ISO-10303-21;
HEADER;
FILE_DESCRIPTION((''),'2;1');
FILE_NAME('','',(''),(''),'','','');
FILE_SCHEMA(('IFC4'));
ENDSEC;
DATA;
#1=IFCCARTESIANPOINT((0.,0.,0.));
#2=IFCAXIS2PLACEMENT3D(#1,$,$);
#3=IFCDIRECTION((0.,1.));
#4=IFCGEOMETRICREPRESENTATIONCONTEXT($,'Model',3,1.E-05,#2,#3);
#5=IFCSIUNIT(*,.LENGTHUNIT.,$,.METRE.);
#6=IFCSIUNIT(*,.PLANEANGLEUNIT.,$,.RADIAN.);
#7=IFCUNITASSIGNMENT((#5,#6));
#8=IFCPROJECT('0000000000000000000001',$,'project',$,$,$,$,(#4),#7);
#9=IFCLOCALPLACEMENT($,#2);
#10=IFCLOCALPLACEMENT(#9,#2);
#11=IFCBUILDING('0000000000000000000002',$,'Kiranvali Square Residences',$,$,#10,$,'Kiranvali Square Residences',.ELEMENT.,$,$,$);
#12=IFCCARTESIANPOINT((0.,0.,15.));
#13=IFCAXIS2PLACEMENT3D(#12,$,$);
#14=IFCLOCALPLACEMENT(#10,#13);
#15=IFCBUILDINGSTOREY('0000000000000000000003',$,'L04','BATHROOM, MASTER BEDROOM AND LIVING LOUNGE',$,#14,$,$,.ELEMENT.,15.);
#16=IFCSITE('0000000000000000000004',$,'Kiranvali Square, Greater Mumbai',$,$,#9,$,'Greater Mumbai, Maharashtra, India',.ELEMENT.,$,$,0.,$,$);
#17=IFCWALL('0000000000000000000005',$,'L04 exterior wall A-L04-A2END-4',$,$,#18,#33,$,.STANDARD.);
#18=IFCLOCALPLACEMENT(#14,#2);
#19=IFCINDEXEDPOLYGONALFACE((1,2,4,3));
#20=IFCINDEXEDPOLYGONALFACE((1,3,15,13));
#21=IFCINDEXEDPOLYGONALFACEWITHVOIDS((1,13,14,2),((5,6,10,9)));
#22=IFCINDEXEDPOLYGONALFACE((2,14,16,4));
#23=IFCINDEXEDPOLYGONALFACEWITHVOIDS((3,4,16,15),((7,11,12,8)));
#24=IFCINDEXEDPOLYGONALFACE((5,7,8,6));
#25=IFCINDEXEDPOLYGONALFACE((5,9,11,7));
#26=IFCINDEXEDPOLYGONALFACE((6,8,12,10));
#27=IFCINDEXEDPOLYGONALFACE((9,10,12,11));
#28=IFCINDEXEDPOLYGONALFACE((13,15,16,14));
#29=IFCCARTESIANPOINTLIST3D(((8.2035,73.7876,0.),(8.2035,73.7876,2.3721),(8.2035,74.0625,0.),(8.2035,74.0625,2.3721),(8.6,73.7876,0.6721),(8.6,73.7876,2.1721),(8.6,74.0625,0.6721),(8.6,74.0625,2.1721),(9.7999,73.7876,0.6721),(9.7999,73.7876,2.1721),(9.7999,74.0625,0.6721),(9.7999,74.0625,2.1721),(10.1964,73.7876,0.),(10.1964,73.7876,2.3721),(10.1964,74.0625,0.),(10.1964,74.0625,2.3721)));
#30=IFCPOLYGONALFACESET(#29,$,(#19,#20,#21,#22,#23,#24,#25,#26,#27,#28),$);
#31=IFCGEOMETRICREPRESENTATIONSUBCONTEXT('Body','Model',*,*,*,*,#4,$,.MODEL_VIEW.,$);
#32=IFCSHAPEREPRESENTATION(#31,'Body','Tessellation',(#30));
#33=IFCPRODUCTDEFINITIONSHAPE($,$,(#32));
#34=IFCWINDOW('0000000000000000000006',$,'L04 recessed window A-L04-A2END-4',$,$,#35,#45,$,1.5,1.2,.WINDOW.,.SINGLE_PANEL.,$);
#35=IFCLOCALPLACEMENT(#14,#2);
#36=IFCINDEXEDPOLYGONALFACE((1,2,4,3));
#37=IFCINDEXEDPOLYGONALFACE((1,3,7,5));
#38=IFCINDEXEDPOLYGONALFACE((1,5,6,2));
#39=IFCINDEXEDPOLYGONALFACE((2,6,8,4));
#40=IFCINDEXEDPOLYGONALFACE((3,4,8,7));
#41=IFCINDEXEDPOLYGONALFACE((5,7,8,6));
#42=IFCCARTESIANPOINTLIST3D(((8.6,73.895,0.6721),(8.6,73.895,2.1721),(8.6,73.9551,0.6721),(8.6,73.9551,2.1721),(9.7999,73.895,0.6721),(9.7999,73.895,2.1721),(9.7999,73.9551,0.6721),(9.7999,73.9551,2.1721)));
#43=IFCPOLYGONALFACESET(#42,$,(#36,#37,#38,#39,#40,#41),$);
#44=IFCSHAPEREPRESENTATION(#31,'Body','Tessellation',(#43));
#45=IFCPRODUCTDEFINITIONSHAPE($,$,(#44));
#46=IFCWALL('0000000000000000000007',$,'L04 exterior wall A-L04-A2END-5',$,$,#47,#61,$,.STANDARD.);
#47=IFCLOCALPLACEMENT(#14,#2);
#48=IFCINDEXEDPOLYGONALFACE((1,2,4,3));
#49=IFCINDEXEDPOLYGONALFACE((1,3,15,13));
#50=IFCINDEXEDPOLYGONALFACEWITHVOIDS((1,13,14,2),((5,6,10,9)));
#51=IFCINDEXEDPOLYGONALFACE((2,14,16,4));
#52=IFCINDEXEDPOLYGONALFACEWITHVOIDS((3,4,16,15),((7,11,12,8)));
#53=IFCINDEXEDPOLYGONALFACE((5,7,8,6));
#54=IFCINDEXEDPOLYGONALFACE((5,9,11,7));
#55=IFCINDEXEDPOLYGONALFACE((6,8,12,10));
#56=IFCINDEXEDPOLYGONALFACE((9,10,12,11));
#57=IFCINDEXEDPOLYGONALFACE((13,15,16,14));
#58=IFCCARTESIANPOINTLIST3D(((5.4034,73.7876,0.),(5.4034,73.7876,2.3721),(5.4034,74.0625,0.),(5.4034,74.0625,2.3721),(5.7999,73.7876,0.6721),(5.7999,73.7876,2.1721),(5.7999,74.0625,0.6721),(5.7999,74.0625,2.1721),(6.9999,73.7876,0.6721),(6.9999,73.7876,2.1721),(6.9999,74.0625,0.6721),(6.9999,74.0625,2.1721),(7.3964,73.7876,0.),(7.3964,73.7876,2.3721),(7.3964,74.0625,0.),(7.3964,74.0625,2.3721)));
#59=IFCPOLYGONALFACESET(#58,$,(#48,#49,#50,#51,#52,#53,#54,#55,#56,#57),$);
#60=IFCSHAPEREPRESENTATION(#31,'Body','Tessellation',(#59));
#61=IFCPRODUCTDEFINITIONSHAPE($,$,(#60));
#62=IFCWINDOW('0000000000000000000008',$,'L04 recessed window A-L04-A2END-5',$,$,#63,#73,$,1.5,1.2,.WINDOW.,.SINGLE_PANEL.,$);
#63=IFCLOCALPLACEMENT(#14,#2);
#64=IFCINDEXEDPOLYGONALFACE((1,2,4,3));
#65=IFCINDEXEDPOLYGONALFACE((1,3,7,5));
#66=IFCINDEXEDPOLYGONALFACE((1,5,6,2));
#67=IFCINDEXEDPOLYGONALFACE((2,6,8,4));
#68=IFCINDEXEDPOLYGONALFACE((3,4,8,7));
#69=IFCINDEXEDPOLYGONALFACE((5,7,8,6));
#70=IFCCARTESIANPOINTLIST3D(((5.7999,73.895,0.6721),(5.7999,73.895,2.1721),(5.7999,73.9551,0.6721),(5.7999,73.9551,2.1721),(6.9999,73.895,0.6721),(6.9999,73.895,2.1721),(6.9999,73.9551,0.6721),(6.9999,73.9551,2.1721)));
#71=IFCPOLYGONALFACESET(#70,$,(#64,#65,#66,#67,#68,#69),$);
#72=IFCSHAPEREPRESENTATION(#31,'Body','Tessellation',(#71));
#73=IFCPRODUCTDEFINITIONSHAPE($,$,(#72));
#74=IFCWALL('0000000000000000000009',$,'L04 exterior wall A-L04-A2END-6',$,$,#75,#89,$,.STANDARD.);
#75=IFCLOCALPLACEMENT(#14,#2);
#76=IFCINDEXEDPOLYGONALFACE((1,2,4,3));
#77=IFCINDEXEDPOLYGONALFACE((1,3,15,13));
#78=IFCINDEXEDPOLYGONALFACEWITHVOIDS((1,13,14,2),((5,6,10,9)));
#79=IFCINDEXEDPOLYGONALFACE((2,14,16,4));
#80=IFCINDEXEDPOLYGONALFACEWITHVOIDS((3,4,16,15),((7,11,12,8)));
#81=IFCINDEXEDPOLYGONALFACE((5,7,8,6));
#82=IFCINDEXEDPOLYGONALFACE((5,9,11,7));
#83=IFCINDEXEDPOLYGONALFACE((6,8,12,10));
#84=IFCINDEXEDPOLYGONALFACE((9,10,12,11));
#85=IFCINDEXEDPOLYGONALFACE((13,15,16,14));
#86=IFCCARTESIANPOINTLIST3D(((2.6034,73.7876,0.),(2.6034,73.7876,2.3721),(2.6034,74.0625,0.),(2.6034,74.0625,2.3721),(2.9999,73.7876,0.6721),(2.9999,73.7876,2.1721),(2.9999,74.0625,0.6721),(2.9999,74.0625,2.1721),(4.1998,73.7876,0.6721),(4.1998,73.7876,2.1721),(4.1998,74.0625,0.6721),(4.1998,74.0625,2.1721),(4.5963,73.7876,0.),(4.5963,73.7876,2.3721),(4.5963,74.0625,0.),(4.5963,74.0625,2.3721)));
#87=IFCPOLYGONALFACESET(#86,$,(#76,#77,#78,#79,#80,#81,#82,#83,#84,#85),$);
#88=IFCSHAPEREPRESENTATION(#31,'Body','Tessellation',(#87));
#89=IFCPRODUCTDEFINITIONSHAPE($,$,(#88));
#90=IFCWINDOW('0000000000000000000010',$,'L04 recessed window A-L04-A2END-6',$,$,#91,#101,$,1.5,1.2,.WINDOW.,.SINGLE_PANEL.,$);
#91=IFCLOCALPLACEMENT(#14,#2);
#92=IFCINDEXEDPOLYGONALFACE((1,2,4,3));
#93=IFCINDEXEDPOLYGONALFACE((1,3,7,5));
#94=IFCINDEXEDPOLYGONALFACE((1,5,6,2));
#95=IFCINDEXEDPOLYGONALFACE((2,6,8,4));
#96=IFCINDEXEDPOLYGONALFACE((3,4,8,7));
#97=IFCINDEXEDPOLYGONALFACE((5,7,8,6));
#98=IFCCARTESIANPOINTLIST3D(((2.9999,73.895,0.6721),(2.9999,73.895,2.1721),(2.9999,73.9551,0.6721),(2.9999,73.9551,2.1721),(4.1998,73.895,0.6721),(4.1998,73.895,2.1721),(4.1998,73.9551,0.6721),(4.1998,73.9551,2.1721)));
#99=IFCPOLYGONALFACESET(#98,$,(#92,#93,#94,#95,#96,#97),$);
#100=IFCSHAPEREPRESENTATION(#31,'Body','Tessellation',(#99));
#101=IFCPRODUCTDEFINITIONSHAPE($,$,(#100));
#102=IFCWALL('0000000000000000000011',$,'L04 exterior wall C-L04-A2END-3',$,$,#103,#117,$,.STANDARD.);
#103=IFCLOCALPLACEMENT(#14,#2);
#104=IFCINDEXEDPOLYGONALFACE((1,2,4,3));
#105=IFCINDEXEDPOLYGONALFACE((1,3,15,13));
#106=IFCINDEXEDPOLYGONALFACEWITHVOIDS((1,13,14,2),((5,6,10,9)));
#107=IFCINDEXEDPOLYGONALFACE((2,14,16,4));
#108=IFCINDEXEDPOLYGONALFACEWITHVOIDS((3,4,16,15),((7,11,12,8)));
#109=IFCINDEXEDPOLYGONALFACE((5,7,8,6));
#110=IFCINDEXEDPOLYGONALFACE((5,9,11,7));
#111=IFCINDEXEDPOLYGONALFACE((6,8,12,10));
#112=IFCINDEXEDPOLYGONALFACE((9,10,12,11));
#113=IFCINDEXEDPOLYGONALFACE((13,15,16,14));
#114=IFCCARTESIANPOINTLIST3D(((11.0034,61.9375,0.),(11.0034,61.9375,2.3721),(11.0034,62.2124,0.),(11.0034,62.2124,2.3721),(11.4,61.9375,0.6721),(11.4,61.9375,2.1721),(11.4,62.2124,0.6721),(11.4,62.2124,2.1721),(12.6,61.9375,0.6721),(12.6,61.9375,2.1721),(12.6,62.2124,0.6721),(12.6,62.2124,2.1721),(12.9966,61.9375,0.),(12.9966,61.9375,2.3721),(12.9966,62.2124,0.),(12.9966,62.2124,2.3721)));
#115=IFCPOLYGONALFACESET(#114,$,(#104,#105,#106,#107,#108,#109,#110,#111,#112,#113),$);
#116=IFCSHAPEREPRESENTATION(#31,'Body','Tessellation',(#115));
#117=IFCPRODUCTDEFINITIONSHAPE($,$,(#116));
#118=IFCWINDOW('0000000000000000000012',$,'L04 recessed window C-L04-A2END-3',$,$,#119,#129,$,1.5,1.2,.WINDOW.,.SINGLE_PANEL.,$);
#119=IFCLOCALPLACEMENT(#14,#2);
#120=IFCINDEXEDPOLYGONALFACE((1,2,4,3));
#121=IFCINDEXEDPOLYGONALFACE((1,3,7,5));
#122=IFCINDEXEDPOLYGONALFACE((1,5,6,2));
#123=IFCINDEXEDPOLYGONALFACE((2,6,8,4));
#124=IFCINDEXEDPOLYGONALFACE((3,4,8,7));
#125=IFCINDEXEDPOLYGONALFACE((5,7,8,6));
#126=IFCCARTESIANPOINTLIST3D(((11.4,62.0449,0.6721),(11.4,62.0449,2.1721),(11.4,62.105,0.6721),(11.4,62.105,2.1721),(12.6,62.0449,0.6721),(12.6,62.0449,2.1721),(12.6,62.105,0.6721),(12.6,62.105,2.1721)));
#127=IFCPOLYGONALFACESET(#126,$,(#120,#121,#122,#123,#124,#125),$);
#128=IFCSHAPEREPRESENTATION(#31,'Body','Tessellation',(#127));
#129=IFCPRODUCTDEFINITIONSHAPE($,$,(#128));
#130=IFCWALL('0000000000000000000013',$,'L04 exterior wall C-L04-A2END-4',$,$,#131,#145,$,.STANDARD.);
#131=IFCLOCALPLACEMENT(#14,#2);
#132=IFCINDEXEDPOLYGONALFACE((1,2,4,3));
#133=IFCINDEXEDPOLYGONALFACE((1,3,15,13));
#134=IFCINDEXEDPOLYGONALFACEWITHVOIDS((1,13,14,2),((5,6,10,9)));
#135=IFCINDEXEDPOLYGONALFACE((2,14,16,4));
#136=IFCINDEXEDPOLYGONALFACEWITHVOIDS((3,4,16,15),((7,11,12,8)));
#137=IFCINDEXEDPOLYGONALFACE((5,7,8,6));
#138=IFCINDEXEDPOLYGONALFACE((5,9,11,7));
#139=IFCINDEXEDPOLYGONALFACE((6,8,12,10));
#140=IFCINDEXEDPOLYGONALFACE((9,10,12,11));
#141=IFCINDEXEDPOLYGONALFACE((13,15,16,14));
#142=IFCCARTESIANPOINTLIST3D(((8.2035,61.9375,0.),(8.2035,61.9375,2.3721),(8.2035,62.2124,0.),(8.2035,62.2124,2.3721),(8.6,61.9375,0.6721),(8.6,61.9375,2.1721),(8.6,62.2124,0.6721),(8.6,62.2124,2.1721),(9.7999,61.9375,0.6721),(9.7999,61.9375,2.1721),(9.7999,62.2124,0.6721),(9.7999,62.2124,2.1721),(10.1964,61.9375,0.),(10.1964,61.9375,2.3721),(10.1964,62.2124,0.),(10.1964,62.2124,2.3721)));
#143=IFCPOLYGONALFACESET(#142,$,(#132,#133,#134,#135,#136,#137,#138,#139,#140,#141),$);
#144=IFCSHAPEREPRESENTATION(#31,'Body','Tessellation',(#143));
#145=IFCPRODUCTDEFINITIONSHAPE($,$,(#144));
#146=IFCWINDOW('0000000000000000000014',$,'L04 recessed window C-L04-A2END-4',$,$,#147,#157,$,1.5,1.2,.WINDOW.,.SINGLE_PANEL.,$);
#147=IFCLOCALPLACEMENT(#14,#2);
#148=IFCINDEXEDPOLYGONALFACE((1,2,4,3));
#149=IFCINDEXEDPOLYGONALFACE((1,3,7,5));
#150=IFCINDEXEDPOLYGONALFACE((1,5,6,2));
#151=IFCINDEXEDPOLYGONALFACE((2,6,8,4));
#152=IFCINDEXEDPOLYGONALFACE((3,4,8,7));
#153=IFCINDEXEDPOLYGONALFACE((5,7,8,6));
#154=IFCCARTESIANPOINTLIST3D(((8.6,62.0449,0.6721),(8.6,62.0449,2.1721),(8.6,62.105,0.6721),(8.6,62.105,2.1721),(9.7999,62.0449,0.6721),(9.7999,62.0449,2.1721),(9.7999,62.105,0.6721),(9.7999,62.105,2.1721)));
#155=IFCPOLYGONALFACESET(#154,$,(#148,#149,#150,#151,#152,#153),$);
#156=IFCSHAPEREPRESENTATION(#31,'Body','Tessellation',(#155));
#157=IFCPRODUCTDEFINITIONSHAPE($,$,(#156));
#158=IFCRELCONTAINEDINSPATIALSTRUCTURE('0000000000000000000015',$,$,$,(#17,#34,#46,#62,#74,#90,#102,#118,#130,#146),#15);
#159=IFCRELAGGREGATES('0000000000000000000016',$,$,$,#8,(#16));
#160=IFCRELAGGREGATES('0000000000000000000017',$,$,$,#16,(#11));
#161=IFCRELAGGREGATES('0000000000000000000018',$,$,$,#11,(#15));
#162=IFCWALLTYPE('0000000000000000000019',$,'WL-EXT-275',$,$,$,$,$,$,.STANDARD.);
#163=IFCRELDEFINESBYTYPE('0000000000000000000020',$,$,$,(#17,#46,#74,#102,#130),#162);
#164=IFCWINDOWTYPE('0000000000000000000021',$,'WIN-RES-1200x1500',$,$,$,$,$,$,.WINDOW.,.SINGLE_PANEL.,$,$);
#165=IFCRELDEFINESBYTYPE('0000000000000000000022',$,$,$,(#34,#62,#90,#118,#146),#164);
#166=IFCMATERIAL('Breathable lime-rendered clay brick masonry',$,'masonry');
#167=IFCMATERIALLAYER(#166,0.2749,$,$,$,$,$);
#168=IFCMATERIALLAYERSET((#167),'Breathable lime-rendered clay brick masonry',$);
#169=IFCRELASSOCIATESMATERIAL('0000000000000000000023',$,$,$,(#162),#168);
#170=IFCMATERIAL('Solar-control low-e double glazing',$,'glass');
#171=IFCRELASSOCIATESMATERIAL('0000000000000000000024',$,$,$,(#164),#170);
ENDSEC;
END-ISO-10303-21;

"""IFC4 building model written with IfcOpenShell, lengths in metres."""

from ifc_helpers import new_model, si_unit, direction, frame, frame_2d, origin, place, context, subcontext, project, spatial, rectangle, extrude, material, layer, layer_set, type_object, element, fill, save


model = new_model("IFC4")

# Units and contexts
model_context = context("Model", 3, precision=1e-05, world=origin(), true_north=direction((0.0, 1.0)))
body_context = subcontext(model_context, "Body", "Model", "MODEL_VIEW")
ifc_project = project(units=[si_unit("LENGTHUNIT", "METRE"), si_unit("PLANEANGLEUNIT", "RADIAN")], contexts=[model_context])

# Site, building, storey
site_placement = place(None, origin())
site = spatial("IfcSite", under=ifc_project, at=site_placement, Name="Kiranvali Square, Greater Mumbai", LongName="Greater Mumbai, Maharashtra, India", CompositionType="ELEMENT", RefElevation=0.0)
building_placement = place(site_placement, origin())
building = spatial("IfcBuilding", under=site, at=building_placement, Name="Kiranvali Square Residences", LongName="Kiranvali Square Residences", CompositionType="ELEMENT")
storey_placement = place(building_placement, frame((0.0, 0.0, 15.0)))
storey = spatial("IfcBuildingStorey", under=building, at=storey_placement, Name="L04", Description="BATHROOM, MASTER BEDROOM AND LIVING LOUNGE", CompositionType="ELEMENT", Elevation=15.0)

# Walls, openings, windows
ifc_material_1 = material(Name="Breathable lime-rendered clay brick masonry", Category="masonry")
ifc_layer = layer(ifc_material_1, 0.2749)
ifc_layer_set = layer_set([ifc_layer], Name="Breathable lime-rendered clay brick masonry")
wall_type = type_object("IfcWallType", Name="WL-EXT-275", PredefinedType="STANDARD", material=ifc_layer_set)
ifc_material_2 = material(Name="Solar-control low-e double glazing", Category="glass")
window_type = type_object("IfcWindowType", Name="WIN-RES-1200x1500", PartitioningType="SINGLE_PANEL", PredefinedType="WINDOW", material=ifc_material_2)
wall_1_placement = place(storey_placement, frame((10.1965, 73.925, 0.0), z_axis=(0.0, 0.0, 1.0), x_axis=(-1.0, 0.0, 0.0)))
wall_1 = element("IfcWall", 1, at=wall_1_placement, inside=storey, type_object=wall_type, Name="L04 exterior wall A-L04-A2END-4", PredefinedType="STANDARD", context=body_context, shape_type="SweptSolid", body=[
    extrude(rectangle(XDim=1.9929, YDim=0.2749, at=frame_2d((0.9966, 0.0))), origin(), (0.0, 0.0, 1.0), 2.3721),
])
opening_1_placement = place(wall_1_placement, frame((0.3965, 0.0, 0.6721)))
opening_1 = element("IfcOpeningElement", 2, at=opening_1_placement, cuts=wall_1, PredefinedType="OPENING", context=body_context, shape_type="SweptSolid", body=[
    extrude(rectangle(XDim=1.2, YDim=1.5, at=frame_2d((0.6001, 0.75))), frame((0.0, 0.1475, 0.0), z_axis=(0.0, -1.0, 0.0), x_axis=(1.0, 0.0, 0.0)), (0.0, 0.0, 1.0), 0.2949),
])
window_1_placement = place(opening_1_placement, origin())
window_1 = element("IfcWindow", 3, at=window_1_placement, inside=storey, type_object=window_type, Name="L04 recessed window A-L04-A2END-4", OverallHeight=1.5, OverallWidth=1.2, PartitioningType="SINGLE_PANEL", PredefinedType="WINDOW", context=body_context, shape_type="SweptSolid", body=[
    extrude(rectangle(XDim=1.2, YDim=1.5, at=frame_2d((0.6001, 0.75))), frame((0.0, 0.03, 0.0), z_axis=(0.0, -1.0, 0.0), x_axis=(1.0, 0.0, 0.0)), (0.0, 0.0, 1.0), 0.0601),
])
fill(opening_1, window_1)
wall_2_placement = place(storey_placement, frame((7.3965, 73.925, 0.0), z_axis=(0.0, 0.0, 1.0), x_axis=(-1.0, 0.0, 0.0)))
wall_2 = element("IfcWall", 4, at=wall_2_placement, inside=storey, type_object=wall_type, Name="L04 exterior wall A-L04-A2END-5", PredefinedType="STANDARD", context=body_context, shape_type="SweptSolid", body=[
    extrude(rectangle(XDim=1.9929, YDim=0.2749, at=frame_2d((0.9966, 0.0))), origin(), (0.0, 0.0, 1.0), 2.3721),
])
opening_2_placement = place(wall_2_placement, frame((0.3965, 0.0, 0.6721)))
opening_2 = element("IfcOpeningElement", 5, at=opening_2_placement, cuts=wall_2, PredefinedType="OPENING", context=body_context, shape_type="SweptSolid", body=[
    extrude(rectangle(XDim=1.2, YDim=1.5, at=frame_2d((0.6001, 0.75))), frame((0.0, 0.1475, 0.0), z_axis=(0.0, -1.0, 0.0), x_axis=(1.0, 0.0, 0.0)), (0.0, 0.0, 1.0), 0.2949),
])
window_2_placement = place(opening_2_placement, origin())
window_2 = element("IfcWindow", 6, at=window_2_placement, inside=storey, type_object=window_type, Name="L04 recessed window A-L04-A2END-5", OverallHeight=1.5, OverallWidth=1.2, PartitioningType="SINGLE_PANEL", PredefinedType="WINDOW", context=body_context, shape_type="SweptSolid", body=[
    extrude(rectangle(XDim=1.2, YDim=1.5, at=frame_2d((0.6001, 0.75))), frame((0.0, 0.03, 0.0), z_axis=(0.0, -1.0, 0.0), x_axis=(1.0, 0.0, 0.0)), (0.0, 0.0, 1.0), 0.0601),
])
fill(opening_2, window_2)
wall_3_placement = place(storey_placement, frame((4.5964, 73.925, 0.0), z_axis=(0.0, 0.0, 1.0), x_axis=(-1.0, 0.0, 0.0)))
wall_3 = element("IfcWall", 7, at=wall_3_placement, inside=storey, type_object=wall_type, Name="L04 exterior wall A-L04-A2END-6", PredefinedType="STANDARD", context=body_context, shape_type="SweptSolid", body=[
    extrude(rectangle(XDim=1.9929, YDim=0.2749, at=frame_2d((0.9966, 0.0))), origin(), (0.0, 0.0, 1.0), 2.3721),
])
opening_3_placement = place(wall_3_placement, frame((0.3965, 0.0, 0.6721)))
opening_3 = element("IfcOpeningElement", 8, at=opening_3_placement, cuts=wall_3, PredefinedType="OPENING", context=body_context, shape_type="SweptSolid", body=[
    extrude(rectangle(XDim=1.2, YDim=1.5, at=frame_2d((0.6001, 0.75))), frame((0.0, 0.1475, 0.0), z_axis=(0.0, -1.0, 0.0), x_axis=(1.0, 0.0, 0.0)), (0.0, 0.0, 1.0), 0.2949),
])
window_3_placement = place(opening_3_placement, origin())
window_3 = element("IfcWindow", 9, at=window_3_placement, inside=storey, type_object=window_type, Name="L04 recessed window A-L04-A2END-6", OverallHeight=1.5, OverallWidth=1.2, PartitioningType="SINGLE_PANEL", PredefinedType="WINDOW", context=body_context, shape_type="SweptSolid", body=[
    extrude(rectangle(XDim=1.2, YDim=1.5, at=frame_2d((0.6001, 0.75))), frame((0.0, 0.03, 0.0), z_axis=(0.0, -1.0, 0.0), x_axis=(1.0, 0.0, 0.0)), (0.0, 0.0, 1.0), 0.0601),
])
fill(opening_3, window_3)
wall_4_placement = place(storey_placement, frame((12.9966, 62.075, 0.0), z_axis=(0.0, 0.0, 1.0), x_axis=(-1.0, 0.0, 0.0)))
wall_4 = element("IfcWall", 10, at=wall_4_placement, inside=storey, type_object=wall_type, Name="L04 exterior wall C-L04-A2END-3", PredefinedType="STANDARD", context=body_context, shape_type="SweptSolid", body=[
    extrude(rectangle(XDim=1.9932, YDim=0.2749, at=frame_2d((0.9966, 0.0))), origin(), (0.0, 0.0, 1.0), 2.3721),
])
opening_4_placement = place(wall_4_placement, frame((0.3965, 0.0, 0.6721)))
opening_4 = element("IfcOpeningElement", 11, at=opening_4_placement, cuts=wall_4, PredefinedType="OPENING", context=body_context, shape_type="SweptSolid", body=[
    extrude(rectangle(XDim=1.2, YDim=1.5, at=frame_2d((0.6001, 0.75))), frame((0.0, 0.1475, 0.0), z_axis=(0.0, -1.0, 0.0), x_axis=(1.0, 0.0, 0.0)), (0.0, 0.0, 1.0), 0.2949),
])
window_4_placement = place(opening_4_placement, origin())
window_4 = element("IfcWindow", 12, at=window_4_placement, inside=storey, type_object=window_type, Name="L04 recessed window C-L04-A2END-3", OverallHeight=1.5, OverallWidth=1.2, PartitioningType="SINGLE_PANEL", PredefinedType="WINDOW", context=body_context, shape_type="SweptSolid", body=[
    extrude(rectangle(XDim=1.2, YDim=1.5, at=frame_2d((0.6001, 0.75))), frame((0.0, 0.03, 0.0), z_axis=(0.0, -1.0, 0.0), x_axis=(1.0, 0.0, 0.0)), (0.0, 0.0, 1.0), 0.0601),
])
fill(opening_4, window_4)
wall_5_placement = place(storey_placement, frame((10.1965, 62.075, 0.0), z_axis=(0.0, 0.0, 1.0), x_axis=(-1.0, 0.0, 0.0)))
wall_5 = element("IfcWall", 13, at=wall_5_placement, inside=storey, type_object=wall_type, Name="L04 exterior wall C-L04-A2END-4", PredefinedType="STANDARD", context=body_context, shape_type="SweptSolid", body=[
    extrude(rectangle(XDim=1.9929, YDim=0.2749, at=frame_2d((0.9966, 0.0))), origin(), (0.0, 0.0, 1.0), 2.3721),
])
opening_5_placement = place(wall_5_placement, frame((0.3965, 0.0, 0.6721)))
opening_5 = element("IfcOpeningElement", 14, at=opening_5_placement, cuts=wall_5, PredefinedType="OPENING", context=body_context, shape_type="SweptSolid", body=[
    extrude(rectangle(XDim=1.2, YDim=1.5, at=frame_2d((0.6001, 0.75))), frame((0.0, 0.1475, 0.0), z_axis=(0.0, -1.0, 0.0), x_axis=(1.0, 0.0, 0.0)), (0.0, 0.0, 1.0), 0.2949),
])
window_5_placement = place(opening_5_placement, origin())
window_5 = element("IfcWindow", 15, at=window_5_placement, inside=storey, type_object=window_type, Name="L04 recessed window C-L04-A2END-4", OverallHeight=1.5, OverallWidth=1.2, PartitioningType="SINGLE_PANEL", PredefinedType="WINDOW", context=body_context, shape_type="SweptSolid", body=[
    extrude(rectangle(XDim=1.2, YDim=1.5, at=frame_2d((0.6001, 0.75))), frame((0.0, 0.03, 0.0), z_axis=(0.0, -1.0, 0.0), x_axis=(1.0, 0.0, 0.0)), (0.0, 0.0, 1.0), 0.0601),
])
fill(opening_5, window_5)

save(model, "model.ifc")
